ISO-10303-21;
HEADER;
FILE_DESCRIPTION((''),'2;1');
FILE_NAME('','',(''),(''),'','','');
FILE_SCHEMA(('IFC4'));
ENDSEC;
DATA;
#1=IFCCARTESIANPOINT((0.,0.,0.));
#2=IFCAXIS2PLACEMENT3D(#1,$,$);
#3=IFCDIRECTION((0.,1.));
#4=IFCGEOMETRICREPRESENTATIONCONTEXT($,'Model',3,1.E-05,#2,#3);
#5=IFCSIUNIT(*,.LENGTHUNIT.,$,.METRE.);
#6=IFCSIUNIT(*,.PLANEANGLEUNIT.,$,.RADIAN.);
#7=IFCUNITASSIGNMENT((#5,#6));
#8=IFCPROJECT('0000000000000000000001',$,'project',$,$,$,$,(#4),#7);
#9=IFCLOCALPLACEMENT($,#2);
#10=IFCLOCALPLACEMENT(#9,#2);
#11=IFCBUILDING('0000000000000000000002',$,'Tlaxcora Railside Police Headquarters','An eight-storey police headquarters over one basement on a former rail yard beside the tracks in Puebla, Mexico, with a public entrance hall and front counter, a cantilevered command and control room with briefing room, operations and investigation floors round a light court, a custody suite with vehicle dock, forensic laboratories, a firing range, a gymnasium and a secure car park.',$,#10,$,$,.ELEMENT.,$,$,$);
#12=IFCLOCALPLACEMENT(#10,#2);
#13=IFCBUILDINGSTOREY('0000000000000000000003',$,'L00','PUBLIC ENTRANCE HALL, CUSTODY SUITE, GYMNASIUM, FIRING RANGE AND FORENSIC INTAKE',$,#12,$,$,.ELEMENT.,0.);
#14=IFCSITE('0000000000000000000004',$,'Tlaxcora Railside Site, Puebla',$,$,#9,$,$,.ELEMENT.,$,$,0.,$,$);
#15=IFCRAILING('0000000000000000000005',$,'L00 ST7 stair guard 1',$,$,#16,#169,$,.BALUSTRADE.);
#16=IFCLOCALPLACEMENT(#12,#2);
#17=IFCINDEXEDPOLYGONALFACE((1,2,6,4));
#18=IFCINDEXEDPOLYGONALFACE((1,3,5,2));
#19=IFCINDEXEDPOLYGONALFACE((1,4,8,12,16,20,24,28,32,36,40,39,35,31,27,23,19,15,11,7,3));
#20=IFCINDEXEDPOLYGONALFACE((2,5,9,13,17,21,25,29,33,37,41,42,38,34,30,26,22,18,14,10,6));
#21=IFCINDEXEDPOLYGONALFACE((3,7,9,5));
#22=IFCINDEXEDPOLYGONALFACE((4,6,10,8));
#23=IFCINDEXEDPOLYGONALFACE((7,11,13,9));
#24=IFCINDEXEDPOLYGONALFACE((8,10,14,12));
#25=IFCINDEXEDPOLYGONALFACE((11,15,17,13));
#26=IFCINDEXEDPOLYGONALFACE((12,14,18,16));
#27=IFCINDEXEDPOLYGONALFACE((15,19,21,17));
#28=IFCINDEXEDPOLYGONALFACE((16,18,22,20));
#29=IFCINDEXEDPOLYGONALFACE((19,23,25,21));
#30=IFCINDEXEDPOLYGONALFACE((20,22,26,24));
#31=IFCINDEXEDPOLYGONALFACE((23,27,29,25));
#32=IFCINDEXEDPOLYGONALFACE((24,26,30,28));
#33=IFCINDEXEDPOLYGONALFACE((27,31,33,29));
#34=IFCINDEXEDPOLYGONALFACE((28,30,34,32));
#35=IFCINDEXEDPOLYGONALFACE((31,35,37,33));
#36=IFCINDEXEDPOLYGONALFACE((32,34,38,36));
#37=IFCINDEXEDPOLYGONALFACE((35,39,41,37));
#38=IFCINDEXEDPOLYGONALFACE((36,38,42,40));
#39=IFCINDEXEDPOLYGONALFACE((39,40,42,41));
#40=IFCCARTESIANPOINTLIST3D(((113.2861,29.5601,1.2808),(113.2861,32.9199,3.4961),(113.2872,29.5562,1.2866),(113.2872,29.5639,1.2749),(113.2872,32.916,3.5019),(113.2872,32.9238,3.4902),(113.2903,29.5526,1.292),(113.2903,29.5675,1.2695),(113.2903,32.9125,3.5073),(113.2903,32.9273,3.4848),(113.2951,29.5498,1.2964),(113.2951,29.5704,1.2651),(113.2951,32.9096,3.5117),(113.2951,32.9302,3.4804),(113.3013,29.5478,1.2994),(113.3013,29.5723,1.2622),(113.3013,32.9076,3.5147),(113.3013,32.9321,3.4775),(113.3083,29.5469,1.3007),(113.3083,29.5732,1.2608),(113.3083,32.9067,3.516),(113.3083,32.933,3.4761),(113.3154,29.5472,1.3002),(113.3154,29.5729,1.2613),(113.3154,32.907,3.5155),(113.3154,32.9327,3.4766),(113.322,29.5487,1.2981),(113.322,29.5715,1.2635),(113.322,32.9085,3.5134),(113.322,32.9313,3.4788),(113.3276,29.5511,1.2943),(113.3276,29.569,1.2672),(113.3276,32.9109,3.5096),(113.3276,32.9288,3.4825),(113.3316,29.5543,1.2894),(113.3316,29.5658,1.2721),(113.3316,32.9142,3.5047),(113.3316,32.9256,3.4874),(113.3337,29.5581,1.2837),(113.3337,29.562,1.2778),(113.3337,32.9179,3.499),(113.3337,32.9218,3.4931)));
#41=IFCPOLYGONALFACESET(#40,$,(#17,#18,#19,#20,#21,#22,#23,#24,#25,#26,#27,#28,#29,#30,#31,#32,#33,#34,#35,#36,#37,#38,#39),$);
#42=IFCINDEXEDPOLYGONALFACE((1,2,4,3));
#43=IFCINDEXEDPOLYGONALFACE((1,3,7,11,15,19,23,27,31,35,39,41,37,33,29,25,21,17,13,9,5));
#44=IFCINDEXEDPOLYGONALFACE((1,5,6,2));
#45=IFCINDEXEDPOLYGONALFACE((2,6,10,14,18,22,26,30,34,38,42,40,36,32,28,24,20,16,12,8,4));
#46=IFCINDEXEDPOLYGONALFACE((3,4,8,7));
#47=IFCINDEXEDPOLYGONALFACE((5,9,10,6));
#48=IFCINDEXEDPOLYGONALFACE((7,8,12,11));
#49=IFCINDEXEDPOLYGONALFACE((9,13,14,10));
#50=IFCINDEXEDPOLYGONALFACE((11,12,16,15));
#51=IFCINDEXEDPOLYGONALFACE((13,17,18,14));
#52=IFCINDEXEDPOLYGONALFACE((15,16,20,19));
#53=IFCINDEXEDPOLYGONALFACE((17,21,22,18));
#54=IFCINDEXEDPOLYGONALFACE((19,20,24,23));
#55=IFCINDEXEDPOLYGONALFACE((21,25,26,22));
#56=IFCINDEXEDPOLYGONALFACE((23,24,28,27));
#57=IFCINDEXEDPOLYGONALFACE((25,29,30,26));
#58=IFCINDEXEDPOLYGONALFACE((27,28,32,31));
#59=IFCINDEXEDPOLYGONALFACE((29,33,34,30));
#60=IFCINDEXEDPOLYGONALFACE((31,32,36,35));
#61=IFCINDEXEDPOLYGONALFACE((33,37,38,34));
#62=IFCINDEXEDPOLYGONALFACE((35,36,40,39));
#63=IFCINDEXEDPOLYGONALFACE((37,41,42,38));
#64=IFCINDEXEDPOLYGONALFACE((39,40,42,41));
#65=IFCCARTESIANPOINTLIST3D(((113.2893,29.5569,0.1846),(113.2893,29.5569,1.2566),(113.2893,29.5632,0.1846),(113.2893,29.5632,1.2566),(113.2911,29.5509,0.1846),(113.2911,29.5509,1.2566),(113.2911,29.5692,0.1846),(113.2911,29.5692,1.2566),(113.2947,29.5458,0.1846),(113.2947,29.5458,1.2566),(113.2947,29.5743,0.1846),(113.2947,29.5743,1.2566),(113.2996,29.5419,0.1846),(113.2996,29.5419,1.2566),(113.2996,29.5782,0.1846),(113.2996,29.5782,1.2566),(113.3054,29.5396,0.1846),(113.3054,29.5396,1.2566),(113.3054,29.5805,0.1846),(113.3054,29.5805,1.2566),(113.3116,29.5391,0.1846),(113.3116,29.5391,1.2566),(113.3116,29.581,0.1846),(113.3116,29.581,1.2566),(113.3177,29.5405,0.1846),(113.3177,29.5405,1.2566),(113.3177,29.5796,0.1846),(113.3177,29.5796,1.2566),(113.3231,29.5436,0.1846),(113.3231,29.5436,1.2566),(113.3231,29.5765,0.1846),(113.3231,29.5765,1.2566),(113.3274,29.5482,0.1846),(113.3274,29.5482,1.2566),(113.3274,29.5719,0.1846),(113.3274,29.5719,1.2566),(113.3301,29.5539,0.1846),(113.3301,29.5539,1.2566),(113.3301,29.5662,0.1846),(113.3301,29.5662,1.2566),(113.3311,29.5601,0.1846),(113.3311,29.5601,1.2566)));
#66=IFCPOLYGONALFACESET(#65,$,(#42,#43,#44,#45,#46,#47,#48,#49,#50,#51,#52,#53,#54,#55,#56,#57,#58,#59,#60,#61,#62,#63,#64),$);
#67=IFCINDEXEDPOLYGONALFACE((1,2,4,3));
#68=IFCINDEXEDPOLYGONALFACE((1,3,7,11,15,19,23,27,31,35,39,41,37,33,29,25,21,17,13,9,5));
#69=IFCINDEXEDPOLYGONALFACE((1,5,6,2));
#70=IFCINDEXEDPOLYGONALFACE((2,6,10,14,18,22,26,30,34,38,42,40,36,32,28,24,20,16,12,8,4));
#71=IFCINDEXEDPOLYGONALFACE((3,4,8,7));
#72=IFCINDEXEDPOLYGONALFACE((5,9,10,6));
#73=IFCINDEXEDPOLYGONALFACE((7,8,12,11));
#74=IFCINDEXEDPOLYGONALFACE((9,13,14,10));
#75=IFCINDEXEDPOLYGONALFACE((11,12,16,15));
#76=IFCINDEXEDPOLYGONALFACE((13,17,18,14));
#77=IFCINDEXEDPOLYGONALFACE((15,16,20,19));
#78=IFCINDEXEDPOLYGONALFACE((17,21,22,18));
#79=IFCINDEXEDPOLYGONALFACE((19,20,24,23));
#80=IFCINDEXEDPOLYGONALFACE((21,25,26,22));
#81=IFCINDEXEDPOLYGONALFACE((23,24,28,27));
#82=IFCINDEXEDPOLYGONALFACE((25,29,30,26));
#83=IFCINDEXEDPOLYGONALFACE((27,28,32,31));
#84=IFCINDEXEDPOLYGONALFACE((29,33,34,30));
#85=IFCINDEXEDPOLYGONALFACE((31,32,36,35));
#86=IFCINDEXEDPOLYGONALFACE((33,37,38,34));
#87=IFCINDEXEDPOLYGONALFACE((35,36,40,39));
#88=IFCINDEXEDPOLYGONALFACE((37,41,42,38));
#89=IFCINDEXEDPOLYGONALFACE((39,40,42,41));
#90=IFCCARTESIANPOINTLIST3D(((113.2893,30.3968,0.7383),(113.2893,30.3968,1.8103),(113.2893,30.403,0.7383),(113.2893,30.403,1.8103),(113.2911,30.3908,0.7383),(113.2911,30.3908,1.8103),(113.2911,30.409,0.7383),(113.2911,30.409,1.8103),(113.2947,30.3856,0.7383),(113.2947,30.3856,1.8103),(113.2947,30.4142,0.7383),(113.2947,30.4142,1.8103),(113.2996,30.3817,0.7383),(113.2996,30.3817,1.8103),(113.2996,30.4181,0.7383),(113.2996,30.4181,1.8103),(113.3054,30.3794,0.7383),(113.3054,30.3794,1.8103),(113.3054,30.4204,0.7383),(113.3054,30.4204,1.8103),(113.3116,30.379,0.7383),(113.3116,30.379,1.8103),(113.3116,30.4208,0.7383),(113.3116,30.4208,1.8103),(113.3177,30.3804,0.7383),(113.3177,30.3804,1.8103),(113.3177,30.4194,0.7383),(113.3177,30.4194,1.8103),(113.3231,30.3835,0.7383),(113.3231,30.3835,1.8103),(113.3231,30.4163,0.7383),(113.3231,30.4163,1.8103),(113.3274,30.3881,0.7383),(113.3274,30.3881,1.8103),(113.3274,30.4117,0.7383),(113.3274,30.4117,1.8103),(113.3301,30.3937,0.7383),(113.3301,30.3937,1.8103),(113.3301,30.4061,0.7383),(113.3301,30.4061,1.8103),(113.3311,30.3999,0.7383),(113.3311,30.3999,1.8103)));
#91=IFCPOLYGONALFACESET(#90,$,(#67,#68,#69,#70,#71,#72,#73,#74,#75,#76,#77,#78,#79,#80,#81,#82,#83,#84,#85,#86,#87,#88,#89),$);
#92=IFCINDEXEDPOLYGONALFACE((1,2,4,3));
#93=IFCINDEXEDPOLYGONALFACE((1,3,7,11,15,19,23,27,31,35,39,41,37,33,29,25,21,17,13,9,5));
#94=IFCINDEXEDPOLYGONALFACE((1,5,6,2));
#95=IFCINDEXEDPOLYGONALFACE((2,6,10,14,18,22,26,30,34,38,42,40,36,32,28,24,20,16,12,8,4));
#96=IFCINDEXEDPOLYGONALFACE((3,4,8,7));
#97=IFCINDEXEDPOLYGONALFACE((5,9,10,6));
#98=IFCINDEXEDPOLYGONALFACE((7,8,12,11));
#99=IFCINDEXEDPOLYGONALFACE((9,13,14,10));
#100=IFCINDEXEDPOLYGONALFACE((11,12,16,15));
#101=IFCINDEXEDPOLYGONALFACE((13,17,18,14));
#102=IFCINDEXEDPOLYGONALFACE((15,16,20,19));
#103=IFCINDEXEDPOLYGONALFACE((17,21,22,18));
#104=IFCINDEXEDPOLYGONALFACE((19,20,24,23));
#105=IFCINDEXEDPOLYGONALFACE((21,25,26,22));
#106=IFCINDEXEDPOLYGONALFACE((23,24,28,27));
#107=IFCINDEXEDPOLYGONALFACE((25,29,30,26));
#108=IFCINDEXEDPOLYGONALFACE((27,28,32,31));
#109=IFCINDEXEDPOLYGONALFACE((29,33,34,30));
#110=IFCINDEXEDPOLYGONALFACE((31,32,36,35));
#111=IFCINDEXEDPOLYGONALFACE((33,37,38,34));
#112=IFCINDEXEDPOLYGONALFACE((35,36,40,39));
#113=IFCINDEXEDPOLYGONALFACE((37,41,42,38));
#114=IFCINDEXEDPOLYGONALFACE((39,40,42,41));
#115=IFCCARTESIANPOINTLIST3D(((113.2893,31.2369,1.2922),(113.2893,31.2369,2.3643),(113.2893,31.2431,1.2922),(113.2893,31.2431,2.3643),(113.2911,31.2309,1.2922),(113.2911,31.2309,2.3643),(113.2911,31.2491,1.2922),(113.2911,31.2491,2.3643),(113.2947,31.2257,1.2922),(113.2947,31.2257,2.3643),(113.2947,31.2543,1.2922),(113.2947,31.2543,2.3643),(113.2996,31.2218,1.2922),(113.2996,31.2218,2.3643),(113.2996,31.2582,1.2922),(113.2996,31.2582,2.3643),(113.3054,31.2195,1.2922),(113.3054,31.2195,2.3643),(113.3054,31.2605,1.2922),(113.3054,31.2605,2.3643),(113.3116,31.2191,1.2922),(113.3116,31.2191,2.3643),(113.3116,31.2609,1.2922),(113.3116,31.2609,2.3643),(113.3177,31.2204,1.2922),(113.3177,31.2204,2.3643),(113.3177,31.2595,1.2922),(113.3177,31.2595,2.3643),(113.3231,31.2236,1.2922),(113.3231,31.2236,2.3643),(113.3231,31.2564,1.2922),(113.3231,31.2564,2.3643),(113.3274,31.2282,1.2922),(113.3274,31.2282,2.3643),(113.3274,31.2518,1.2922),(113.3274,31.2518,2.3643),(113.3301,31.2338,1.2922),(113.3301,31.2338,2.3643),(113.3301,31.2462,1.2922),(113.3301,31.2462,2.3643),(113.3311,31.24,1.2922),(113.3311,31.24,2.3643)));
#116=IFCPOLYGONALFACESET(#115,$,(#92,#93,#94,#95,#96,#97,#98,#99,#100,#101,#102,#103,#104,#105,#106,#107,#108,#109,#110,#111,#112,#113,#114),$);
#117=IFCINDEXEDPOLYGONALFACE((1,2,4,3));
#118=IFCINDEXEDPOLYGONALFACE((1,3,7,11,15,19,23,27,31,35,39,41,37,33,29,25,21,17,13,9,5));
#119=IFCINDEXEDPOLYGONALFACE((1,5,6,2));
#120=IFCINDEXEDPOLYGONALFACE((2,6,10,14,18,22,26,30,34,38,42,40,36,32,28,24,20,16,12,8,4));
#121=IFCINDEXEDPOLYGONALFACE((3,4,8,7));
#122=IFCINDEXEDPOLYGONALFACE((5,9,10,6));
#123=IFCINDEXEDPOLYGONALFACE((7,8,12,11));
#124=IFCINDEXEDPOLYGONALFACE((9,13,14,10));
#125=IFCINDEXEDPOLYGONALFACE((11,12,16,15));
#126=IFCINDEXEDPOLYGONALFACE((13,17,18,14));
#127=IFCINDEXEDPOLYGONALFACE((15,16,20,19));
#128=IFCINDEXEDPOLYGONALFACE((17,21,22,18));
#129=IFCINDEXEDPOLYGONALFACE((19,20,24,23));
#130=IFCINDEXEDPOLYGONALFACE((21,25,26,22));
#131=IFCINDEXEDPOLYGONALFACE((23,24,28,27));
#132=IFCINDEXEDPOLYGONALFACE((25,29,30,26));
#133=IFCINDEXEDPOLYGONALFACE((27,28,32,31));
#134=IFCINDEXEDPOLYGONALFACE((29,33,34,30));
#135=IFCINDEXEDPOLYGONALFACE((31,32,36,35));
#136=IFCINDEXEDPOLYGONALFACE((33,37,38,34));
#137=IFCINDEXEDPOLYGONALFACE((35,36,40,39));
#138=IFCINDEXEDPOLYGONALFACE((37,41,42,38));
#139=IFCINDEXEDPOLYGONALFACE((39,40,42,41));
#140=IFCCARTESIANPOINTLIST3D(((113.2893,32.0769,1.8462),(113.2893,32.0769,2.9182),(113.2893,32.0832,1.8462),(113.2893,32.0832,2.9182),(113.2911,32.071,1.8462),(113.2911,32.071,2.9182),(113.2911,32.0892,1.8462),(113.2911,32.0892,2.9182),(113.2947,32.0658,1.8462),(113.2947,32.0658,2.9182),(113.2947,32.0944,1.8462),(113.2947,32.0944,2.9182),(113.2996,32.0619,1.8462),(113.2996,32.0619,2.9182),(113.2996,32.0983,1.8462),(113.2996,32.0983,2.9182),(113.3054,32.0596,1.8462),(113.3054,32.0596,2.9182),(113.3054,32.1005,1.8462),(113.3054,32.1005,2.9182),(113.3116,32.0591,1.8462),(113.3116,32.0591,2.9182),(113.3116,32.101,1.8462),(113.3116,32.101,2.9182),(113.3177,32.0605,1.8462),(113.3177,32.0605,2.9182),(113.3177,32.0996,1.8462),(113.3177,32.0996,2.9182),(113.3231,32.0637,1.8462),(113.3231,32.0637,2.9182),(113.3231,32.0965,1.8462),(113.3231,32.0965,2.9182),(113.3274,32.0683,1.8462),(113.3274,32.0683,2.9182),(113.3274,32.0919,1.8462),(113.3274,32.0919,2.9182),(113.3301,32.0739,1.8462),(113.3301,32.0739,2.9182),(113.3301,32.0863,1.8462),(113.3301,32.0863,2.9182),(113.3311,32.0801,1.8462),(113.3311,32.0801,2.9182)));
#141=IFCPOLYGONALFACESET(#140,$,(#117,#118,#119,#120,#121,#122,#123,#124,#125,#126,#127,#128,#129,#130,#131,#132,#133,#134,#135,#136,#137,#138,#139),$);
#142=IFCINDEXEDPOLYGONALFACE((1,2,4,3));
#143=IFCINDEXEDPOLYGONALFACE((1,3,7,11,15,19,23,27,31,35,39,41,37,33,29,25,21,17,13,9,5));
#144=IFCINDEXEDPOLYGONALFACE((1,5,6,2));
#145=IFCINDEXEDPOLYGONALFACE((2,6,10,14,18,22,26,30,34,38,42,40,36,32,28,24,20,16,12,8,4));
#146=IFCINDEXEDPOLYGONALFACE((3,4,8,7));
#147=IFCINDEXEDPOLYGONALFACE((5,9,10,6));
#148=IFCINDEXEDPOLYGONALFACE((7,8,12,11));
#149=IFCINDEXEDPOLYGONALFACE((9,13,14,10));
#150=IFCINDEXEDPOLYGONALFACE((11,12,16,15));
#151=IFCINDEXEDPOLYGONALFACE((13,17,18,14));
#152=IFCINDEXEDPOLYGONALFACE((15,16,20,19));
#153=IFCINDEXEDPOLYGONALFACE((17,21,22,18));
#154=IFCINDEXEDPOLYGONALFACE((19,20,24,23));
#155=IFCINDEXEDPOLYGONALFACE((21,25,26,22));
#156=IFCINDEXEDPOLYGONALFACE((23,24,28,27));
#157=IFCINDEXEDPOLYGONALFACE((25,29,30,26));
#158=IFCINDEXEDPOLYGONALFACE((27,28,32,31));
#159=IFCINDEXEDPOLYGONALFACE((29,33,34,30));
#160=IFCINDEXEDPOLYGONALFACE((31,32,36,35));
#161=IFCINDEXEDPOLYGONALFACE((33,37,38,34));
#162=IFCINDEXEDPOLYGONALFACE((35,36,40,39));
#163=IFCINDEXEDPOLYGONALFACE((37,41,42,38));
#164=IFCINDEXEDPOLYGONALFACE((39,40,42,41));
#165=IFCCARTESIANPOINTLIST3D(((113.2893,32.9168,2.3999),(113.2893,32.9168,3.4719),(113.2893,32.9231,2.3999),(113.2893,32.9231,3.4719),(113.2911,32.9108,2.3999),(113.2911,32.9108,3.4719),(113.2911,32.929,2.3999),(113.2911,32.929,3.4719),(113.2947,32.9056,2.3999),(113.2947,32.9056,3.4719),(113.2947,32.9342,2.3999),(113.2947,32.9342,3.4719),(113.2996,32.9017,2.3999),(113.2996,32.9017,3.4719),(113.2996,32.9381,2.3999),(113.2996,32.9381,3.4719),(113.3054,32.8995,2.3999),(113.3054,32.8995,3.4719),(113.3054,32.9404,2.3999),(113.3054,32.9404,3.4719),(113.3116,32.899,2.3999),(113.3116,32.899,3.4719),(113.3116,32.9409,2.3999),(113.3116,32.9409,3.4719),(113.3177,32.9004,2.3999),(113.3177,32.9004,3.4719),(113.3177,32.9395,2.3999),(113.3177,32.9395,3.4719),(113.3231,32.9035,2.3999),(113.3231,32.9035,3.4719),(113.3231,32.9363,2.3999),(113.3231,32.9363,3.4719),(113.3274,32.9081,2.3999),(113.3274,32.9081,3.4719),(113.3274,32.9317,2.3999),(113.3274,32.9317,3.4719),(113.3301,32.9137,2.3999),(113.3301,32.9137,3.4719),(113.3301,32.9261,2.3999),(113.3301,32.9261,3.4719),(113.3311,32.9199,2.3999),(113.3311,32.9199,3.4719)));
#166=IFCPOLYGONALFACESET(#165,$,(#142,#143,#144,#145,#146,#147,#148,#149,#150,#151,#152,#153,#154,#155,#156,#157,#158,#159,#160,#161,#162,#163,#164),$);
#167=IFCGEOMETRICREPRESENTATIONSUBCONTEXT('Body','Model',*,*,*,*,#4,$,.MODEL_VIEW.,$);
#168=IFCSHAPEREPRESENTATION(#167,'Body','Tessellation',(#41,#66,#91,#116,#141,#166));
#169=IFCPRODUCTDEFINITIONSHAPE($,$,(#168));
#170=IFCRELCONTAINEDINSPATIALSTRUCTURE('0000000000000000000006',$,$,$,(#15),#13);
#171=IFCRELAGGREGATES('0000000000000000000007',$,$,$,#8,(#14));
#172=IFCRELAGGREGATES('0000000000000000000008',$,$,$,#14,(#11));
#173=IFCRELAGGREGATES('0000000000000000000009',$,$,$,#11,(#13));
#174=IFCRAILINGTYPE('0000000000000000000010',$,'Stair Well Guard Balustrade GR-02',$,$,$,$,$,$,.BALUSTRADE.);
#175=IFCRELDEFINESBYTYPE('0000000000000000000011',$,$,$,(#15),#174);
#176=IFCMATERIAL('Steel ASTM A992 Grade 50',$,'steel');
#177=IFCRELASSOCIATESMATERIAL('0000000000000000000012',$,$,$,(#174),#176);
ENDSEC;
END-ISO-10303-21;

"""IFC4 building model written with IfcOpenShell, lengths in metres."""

from ifc_helpers import new_model, si_unit, direction, frame, origin, origin_2d, place, context, subcontext, project, spatial, circle, extrude, material, type_object, element, save


model = new_model("IFC4")

# Units and contexts
model_context = context("Model", 3, precision=1e-05, world=origin(), true_north=direction((0.0, 1.0)))
body_context = subcontext(model_context, "Body", "Model", "MODEL_VIEW")
ifc_project = project(units=[si_unit("LENGTHUNIT", "METRE"), si_unit("PLANEANGLEUNIT", "RADIAN")], contexts=[model_context])

# Site, building, storey
site_placement = place(None, origin())
site = spatial("IfcSite", under=ifc_project, at=site_placement, Name="Tlaxcora Railside Site, Puebla", CompositionType="ELEMENT", RefElevation=0.0)
building_placement = place(site_placement, origin())
building = spatial("IfcBuilding", under=site, at=building_placement, Name="Tlaxcora Railside Police Headquarters", Description="An eight-storey police headquarters over one basement on a former rail yard beside the tracks in Puebla, Mexico, with a public entrance hall and front counter, a cantilevered command and control room with briefing room, operations and investigation floors round a light court, a custody suite with vehicle dock, forensic laboratories, a firing range, a gymnasium and a secure car park.", CompositionType="ELEMENT")
storey_placement = place(building_placement, origin())
storey = spatial("IfcBuildingStorey", under=building, at=storey_placement, Name="L00", Description="PUBLIC ENTRANCE HALL, CUSTODY SUITE, GYMNASIUM, FIRING RANGE AND FORENSIC INTAKE", CompositionType="ELEMENT", Elevation=0.0)

# Shared definitions
ifc_material_1 = material(Name="Steel ASTM A992 Grade 50", Category="steel")

# Railing
railing_type_1 = type_object("IfcRailingType", Name="Stair Well Guard Balustrade GR-02", PredefinedType="BALUSTRADE", material=ifc_material_1)
railing_1_placement = place(storey_placement, frame((113.3101, 29.5601, 0.1846)))
element("IfcRailing", 1, at=railing_1_placement, inside=storey, type_object=railing_type_1, Name="L00 ST7 stair guard 1", PredefinedType="BALUSTRADE", context=body_context, shape_type="SweptSolid", body=[
    extrude(circle(Radius=0.0239, at=origin_2d()), frame((0.0, 0.0, 1.0962), z_axis=(0.0, 0.834858, 0.550465), x_axis=(-1.0, 0.0, 0.0)), (0.0, 0.0, 1.0), 4.0244),
    extrude(circle(Radius=0.021, at=origin_2d()), origin(), (0.0, 0.0, 1.0), 1.072),
    extrude(circle(Radius=0.021, at=origin_2d()), frame((0.0, 0.8398, 0.5537)), (0.0, 0.0, 1.0), 1.072),
    extrude(circle(Radius=0.021, at=origin_2d()), frame((0.0, 1.6799, 1.1077)), (0.0, 0.0, 1.0), 1.072),
    extrude(circle(Radius=0.021, at=origin_2d()), frame((0.0, 2.52, 1.6616)), (0.0, 0.0, 1.0), 1.072),
    extrude(circle(Radius=0.021, at=origin_2d()), frame((0.0, 3.3599, 2.2153)), (0.0, 0.0, 1.0), 1.072),
])

save(model, "model.ifc")
